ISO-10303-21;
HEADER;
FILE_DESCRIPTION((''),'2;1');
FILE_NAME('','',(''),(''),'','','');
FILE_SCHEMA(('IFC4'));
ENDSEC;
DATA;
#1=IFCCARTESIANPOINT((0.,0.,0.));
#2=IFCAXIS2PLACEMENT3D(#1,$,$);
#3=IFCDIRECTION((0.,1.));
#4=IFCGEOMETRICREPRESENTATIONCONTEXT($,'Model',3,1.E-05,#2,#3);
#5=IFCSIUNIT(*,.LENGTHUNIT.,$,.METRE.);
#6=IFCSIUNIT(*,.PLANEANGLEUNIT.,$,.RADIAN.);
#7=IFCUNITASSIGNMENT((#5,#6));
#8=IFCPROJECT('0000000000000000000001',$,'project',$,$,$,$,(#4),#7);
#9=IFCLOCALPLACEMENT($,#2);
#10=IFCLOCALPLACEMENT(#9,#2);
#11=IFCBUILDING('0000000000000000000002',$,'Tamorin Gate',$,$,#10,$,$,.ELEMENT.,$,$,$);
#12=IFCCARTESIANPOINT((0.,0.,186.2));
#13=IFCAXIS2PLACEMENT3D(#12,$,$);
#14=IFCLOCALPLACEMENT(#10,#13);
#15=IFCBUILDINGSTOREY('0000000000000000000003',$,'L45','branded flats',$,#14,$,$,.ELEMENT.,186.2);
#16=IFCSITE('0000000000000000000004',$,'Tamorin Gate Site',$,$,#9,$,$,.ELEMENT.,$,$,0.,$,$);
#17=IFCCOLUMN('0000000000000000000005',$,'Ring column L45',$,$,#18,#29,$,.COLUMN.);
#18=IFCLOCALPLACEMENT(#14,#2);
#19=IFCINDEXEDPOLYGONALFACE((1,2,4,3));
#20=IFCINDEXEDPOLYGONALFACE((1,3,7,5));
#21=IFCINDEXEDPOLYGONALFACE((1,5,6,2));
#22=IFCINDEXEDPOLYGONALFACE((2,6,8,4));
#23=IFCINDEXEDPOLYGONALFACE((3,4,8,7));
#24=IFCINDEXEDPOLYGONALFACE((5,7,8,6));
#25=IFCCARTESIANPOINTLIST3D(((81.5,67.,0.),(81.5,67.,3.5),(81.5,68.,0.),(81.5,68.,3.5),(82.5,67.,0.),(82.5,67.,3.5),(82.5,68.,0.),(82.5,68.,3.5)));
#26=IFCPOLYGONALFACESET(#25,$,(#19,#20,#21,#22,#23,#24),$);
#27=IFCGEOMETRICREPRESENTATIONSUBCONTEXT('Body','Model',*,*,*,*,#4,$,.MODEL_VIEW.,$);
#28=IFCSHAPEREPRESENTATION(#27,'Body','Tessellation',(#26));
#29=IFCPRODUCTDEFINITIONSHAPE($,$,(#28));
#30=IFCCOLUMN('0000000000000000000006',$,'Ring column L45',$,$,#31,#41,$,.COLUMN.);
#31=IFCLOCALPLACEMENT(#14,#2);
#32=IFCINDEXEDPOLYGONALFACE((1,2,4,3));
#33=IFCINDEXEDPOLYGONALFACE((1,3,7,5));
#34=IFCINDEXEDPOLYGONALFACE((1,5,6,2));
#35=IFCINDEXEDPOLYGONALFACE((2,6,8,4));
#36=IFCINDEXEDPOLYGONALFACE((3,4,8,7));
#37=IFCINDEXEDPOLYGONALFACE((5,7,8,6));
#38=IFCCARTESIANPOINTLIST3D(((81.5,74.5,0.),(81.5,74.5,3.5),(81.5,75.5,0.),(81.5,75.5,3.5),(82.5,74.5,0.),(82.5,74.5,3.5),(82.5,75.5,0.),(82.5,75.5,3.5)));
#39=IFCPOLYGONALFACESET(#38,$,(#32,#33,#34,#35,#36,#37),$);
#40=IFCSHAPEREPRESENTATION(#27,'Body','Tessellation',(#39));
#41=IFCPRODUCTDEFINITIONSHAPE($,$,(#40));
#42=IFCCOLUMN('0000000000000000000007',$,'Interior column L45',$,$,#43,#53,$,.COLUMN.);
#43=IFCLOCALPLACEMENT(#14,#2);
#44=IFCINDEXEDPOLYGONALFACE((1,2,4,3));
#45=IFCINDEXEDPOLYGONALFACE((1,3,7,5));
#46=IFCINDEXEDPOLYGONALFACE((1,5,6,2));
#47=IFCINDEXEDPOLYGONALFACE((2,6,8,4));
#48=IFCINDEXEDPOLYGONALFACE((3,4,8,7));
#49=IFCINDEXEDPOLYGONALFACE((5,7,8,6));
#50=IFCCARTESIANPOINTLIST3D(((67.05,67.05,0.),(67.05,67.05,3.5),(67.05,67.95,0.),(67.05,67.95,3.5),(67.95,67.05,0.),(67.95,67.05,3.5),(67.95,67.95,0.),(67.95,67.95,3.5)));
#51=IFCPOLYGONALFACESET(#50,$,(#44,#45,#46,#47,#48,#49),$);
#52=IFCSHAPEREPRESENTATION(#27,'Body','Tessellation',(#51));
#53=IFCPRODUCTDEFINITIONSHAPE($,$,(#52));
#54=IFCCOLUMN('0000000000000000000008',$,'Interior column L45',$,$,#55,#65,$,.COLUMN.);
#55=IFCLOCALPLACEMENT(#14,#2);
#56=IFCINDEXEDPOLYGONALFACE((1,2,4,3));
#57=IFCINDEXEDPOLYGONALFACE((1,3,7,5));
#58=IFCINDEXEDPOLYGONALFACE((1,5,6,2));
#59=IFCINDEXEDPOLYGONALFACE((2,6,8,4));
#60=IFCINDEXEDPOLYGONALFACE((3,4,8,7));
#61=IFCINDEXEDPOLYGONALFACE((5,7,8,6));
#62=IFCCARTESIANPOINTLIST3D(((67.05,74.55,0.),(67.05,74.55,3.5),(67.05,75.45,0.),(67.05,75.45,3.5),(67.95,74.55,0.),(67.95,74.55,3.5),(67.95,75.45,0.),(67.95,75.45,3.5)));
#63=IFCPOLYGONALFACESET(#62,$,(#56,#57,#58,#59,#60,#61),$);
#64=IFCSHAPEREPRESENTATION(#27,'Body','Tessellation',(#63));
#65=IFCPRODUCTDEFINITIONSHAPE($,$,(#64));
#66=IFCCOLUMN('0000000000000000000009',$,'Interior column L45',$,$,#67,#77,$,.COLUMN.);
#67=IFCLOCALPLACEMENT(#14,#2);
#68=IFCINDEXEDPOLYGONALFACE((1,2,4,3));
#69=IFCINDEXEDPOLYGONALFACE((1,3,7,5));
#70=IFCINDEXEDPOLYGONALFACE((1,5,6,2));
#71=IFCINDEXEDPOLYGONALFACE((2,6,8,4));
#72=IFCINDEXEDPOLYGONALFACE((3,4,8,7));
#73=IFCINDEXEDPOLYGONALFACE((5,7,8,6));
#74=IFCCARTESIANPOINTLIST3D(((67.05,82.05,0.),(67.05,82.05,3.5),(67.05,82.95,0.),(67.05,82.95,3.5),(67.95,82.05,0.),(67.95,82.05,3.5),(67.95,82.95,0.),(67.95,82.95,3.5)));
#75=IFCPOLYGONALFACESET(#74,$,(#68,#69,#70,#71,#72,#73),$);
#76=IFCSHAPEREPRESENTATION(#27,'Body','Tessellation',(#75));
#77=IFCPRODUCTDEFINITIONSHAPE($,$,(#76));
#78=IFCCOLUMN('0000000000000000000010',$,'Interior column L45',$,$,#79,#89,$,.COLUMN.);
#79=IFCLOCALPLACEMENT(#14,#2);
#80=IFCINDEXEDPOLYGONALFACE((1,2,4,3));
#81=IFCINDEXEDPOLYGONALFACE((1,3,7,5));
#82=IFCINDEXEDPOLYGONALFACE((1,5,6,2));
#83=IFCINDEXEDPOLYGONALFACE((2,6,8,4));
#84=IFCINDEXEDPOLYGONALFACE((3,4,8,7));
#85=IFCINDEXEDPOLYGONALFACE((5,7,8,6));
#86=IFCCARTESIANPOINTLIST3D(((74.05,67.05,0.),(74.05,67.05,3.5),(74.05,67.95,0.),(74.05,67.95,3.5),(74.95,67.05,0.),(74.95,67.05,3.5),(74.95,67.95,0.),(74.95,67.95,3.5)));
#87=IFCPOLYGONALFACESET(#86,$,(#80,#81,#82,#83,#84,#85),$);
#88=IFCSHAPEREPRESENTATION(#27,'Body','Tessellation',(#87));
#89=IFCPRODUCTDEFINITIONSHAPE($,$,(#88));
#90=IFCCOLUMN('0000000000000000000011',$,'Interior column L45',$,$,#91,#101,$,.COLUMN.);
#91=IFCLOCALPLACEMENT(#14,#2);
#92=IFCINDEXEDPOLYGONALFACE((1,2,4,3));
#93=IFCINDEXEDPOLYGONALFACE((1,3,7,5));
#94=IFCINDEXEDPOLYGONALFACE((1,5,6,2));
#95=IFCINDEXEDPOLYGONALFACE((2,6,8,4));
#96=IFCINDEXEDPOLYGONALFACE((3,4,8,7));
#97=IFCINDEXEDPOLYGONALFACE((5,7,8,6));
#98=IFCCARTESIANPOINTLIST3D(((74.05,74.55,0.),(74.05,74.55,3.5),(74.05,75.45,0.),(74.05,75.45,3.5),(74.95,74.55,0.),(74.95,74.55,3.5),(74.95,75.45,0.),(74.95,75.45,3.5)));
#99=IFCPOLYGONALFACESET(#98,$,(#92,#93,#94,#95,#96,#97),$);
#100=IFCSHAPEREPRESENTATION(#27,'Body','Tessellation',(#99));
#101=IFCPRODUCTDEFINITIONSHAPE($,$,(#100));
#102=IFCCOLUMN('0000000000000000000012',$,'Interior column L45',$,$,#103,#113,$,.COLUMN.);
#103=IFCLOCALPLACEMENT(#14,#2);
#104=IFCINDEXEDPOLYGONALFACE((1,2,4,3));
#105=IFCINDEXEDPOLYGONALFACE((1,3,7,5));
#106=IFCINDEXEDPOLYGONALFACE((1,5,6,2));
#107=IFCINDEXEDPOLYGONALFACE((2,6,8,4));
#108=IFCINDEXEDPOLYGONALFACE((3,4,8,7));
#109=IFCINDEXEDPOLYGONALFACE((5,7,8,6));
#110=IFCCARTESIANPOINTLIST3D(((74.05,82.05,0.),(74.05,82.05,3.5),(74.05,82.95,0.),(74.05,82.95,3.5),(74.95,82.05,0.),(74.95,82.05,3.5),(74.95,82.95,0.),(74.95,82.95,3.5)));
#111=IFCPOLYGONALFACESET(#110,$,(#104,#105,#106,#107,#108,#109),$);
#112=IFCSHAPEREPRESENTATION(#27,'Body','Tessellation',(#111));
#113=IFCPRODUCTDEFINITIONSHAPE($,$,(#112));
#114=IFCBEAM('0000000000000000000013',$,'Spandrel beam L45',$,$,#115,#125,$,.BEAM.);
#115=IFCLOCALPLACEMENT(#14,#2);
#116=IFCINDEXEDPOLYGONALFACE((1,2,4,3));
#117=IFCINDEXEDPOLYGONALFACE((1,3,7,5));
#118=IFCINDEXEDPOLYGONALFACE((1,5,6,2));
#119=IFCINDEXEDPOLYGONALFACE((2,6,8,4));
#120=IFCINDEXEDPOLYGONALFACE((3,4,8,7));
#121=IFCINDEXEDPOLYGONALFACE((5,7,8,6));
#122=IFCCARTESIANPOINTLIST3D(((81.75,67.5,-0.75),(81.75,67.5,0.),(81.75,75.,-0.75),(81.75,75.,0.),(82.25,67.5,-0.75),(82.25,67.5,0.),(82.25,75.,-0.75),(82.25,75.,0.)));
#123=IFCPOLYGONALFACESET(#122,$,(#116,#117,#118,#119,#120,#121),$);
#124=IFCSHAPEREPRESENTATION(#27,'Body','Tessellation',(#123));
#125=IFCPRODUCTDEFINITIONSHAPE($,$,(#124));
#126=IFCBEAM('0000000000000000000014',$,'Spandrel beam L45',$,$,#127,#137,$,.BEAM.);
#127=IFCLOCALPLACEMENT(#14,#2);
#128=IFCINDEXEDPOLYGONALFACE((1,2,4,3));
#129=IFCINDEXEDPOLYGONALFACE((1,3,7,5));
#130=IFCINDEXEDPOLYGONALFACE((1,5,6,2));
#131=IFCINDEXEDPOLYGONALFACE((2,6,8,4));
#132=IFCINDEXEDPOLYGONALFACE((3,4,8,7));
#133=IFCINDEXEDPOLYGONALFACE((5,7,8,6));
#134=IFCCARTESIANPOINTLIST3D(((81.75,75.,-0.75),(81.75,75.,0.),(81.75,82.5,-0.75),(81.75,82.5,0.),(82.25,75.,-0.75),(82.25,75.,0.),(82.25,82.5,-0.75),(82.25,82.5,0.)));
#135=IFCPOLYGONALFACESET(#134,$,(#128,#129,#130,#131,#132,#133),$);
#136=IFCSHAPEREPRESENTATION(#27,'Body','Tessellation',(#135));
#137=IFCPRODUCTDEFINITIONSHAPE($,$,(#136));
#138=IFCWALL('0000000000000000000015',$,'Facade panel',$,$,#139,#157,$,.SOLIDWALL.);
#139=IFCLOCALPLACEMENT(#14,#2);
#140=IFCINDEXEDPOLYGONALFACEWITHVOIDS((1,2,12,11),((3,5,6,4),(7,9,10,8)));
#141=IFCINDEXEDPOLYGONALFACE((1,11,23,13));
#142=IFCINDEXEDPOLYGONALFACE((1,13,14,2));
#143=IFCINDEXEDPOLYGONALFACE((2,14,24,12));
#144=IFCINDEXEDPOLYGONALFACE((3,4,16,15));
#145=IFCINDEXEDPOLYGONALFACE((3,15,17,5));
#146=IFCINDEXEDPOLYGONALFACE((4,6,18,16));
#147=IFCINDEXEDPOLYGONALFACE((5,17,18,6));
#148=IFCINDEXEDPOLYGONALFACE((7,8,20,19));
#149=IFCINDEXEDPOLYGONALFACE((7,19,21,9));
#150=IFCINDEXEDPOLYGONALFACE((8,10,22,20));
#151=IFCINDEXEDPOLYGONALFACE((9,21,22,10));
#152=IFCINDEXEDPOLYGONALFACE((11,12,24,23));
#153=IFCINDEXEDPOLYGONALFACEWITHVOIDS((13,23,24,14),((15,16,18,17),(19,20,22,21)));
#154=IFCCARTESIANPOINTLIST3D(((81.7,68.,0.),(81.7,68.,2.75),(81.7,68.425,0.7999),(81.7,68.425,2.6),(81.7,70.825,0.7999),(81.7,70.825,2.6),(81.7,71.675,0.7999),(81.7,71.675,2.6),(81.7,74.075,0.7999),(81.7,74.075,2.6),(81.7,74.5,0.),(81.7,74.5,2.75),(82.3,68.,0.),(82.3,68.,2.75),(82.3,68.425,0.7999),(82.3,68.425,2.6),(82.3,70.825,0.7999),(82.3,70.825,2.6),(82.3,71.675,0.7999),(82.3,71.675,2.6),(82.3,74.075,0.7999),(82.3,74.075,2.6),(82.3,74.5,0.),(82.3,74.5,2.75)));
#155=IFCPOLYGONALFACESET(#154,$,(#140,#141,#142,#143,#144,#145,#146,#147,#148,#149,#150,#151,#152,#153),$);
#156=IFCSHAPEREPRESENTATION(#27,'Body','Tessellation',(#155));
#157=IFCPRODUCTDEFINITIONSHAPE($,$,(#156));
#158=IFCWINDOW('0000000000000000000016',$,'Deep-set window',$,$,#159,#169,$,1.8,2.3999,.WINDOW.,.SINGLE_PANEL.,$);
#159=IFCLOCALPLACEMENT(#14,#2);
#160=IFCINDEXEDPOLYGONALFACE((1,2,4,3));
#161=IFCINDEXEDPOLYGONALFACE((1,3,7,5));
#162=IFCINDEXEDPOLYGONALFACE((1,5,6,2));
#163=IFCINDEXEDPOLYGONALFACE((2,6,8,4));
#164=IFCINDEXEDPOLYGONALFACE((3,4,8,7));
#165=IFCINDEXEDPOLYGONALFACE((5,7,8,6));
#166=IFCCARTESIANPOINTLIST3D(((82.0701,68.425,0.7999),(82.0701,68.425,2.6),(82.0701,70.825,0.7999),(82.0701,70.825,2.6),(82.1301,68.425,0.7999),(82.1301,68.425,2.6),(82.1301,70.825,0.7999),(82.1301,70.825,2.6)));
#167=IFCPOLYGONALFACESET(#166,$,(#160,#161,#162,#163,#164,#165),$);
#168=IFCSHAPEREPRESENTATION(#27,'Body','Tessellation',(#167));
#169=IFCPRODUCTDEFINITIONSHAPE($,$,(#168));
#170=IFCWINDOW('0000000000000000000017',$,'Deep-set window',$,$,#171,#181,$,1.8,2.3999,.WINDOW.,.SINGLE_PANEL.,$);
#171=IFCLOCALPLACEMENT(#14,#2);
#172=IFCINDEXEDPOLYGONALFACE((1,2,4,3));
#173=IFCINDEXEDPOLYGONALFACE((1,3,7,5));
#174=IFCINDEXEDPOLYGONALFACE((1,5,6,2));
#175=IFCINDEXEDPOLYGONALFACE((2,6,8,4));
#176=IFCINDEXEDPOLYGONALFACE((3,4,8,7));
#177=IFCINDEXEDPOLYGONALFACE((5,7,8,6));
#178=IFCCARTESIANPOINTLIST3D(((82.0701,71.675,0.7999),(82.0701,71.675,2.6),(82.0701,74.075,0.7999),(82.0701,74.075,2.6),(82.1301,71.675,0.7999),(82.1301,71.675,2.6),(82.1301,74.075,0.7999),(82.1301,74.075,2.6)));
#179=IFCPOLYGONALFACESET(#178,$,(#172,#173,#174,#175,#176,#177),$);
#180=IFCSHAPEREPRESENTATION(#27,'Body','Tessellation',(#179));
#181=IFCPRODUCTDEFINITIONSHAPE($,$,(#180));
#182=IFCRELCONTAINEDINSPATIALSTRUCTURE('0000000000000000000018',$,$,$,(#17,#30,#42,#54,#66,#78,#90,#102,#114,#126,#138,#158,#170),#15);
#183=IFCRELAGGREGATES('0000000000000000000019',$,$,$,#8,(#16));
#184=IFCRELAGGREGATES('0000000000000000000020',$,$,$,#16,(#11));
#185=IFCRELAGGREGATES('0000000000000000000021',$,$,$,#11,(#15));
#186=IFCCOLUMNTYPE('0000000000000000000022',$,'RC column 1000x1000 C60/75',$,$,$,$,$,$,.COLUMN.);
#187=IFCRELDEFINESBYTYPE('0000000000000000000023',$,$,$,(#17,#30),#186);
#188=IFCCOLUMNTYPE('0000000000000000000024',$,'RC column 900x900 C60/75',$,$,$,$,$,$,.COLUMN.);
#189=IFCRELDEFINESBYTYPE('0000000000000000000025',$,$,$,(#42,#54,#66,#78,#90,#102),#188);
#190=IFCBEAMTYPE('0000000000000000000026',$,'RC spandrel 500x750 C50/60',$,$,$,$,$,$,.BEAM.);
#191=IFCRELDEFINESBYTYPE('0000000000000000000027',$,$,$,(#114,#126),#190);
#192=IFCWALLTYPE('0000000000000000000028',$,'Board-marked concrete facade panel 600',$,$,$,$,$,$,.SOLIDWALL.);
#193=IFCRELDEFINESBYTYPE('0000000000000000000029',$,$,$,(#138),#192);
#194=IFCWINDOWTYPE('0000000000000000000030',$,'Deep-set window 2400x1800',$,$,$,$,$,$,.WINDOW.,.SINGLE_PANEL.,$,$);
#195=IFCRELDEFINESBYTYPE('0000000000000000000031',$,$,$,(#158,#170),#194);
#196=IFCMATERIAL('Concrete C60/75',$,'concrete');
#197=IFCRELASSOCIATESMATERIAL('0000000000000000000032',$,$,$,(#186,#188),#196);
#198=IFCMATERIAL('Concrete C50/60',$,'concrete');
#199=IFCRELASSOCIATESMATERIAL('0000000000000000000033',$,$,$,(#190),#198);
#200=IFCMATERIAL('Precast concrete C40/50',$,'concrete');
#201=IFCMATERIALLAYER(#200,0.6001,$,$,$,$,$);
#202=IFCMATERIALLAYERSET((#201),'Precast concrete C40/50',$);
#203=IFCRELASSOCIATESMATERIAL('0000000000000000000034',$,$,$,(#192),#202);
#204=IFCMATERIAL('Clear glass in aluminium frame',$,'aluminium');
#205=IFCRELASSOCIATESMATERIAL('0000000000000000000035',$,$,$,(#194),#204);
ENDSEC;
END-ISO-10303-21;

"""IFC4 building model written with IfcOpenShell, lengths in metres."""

from ifc_helpers import new_model, si_unit, direction, frame, frame_2d, origin, origin_2d, place, context, subcontext, project, spatial, rectangle, extrude, material, layer, layer_set, material_profile, profile_set, type_object, element, fill, save


model = new_model("IFC4")

# Units and contexts
model_context = context("Model", 3, precision=1e-05, world=origin(), true_north=direction((0.0, 1.0)))
body_context = subcontext(model_context, "Body", "Model", "MODEL_VIEW")
ifc_project = project(units=[si_unit("LENGTHUNIT", "METRE"), si_unit("PLANEANGLEUNIT", "RADIAN")], contexts=[model_context])

# Site, building, storey
site_placement = place(None, origin())
site = spatial("IfcSite", under=ifc_project, at=site_placement, Name="Tamorin Gate Site", CompositionType="ELEMENT", RefElevation=0.0)
building_placement = place(site_placement, origin())
building = spatial("IfcBuilding", under=site, at=building_placement, Name="Tamorin Gate", CompositionType="ELEMENT")
storey_placement = place(building_placement, frame((0.0, 0.0, 186.2)))
storey = spatial("IfcBuildingStorey", under=building, at=storey_placement, Name="L45", Description="branded flats", CompositionType="ELEMENT", Elevation=186.2)

# Columns
ifc_material_1 = material(Name="Concrete C60/75", Category="concrete")
ifc_material_profile_1 = material_profile(ifc_material_1, rectangle(XDim=1.0, YDim=1.0, at=origin_2d()), Name="RC 1000x1000")
ifc_profile_set_1 = profile_set([ifc_material_profile_1], Name="Concrete C60/75")
column_type_1 = type_object("IfcColumnType", Name="RC column 1000x1000 C60/75", PredefinedType="COLUMN", material=ifc_profile_set_1)
for number, where, z_axis, x_axis, name in (
    (1, (82.0, 67.5, 0.0), (0.0, 0.0, 1.0), (1.0, 0.0, 0.0), "Ring column L45"),
    (2, (82.0, 75.0, 0.0), (0.0, 0.0, 1.0), (1.0, 0.0, 0.0), "Ring column L45"),
):
    element("IfcColumn", number, at=place(storey_placement, frame(where, z_axis=z_axis, x_axis=x_axis)), inside=storey, type_object=column_type_1, Name=name, PredefinedType="COLUMN", context=body_context, shape_type="SweptSolid", body=[
        extrude(rectangle(XDim=1.0, YDim=1.0, at=origin_2d()), origin(), (0.0, 0.0, 1.0), 3.5),
    ])
ifc_material_profile_2 = material_profile(ifc_material_1, rectangle(XDim=0.8999, YDim=0.8999, at=origin_2d()), Name="RC 900x900")
ifc_profile_set_2 = profile_set([ifc_material_profile_2], Name="Concrete C60/75")
column_type_2 = type_object("IfcColumnType", Name="RC column 900x900 C60/75", PredefinedType="COLUMN", material=ifc_profile_set_2)
for number, where, z_axis, x_axis, name in (
    (3, (67.5, 67.5, 0.0), (0.0, 0.0, 1.0), (1.0, 0.0, 0.0), "Interior column L45"),
    (4, (67.5, 75.0, 0.0), (0.0, 0.0, 1.0), (1.0, 0.0, 0.0), "Interior column L45"),
    (5, (67.5, 82.5, 0.0), (0.0, 0.0, 1.0), (1.0, 0.0, 0.0), "Interior column L45"),
    (6, (74.5, 67.5, 0.0), (0.0, 0.0, 1.0), (1.0, 0.0, 0.0), "Interior column L45"),
    (7, (74.5, 75.0, 0.0), (0.0, 0.0, 1.0), (1.0, 0.0, 0.0), "Interior column L45"),
    (8, (74.5, 82.5, 0.0), (0.0, 0.0, 1.0), (1.0, 0.0, 0.0), "Interior column L45"),
):
    element("IfcColumn", number, at=place(storey_placement, frame(where, z_axis=z_axis, x_axis=x_axis)), inside=storey, type_object=column_type_2, Name=name, PredefinedType="COLUMN", context=body_context, shape_type="SweptSolid", body=[
        extrude(rectangle(XDim=0.8999, YDim=0.8999, at=origin_2d()), origin(), (0.0, 0.0, 1.0), 3.5),
    ])

# Beams
ifc_material_2 = material(Name="Concrete C50/60", Category="concrete")
ifc_material_profile_3 = material_profile(ifc_material_2, rectangle(XDim=0.5, YDim=0.75, at=origin_2d()), Name="RC 500x750")
ifc_profile_set_3 = profile_set([ifc_material_profile_3], Name="Concrete C50/60")
beam_type = type_object("IfcBeamType", Name="RC spandrel 500x750 C50/60", PredefinedType="BEAM", material=ifc_profile_set_3)
for number, where, z_axis, x_axis, name in (
    (9, (82.0, 67.5, -0.375), (0.0, 1.0, 0.0), (-1.0, 0.0, 0.0), "Spandrel beam L45"),
    (10, (82.0, 75.0, -0.375), (0.0, 1.0, 0.0), (-1.0, 0.0, 0.0), "Spandrel beam L45"),
):
    element("IfcBeam", number, at=place(storey_placement, frame(where, z_axis=z_axis, x_axis=x_axis)), inside=storey, type_object=beam_type, Name=name, PredefinedType="BEAM", context=body_context, shape_type="SweptSolid", body=[
        extrude(rectangle(XDim=0.5, YDim=0.75, at=origin_2d()), origin(), (0.0, 0.0, 1.0), 7.5),
    ])

# Wall, openings, windows
ifc_material_3 = material(Name="Precast concrete C40/50", Category="concrete")
ifc_layer_1 = layer(ifc_material_3, 0.6001)
ifc_layer_set_1 = layer_set([ifc_layer_1], Name="Precast concrete C40/50")
wall_type_1 = type_object("IfcWallType", Name="Board-marked concrete facade panel 600", PredefinedType="SOLIDWALL", material=ifc_layer_set_1)
wall_1_placement = place(storey_placement, frame((82.0, 68.0, 0.0), z_axis=(0.0, 0.0, 1.0), x_axis=(0.0, 1.0, 0.0)))
wall_1 = element("IfcWall", 11, at=wall_1_placement, inside=storey, type_object=wall_type_1, Name="Facade panel", PredefinedType="SOLIDWALL", context=body_context, shape_type="SweptSolid", body=[
    extrude(rectangle(XDim=6.5, YDim=0.6001, at=frame_2d((3.25, 0.0))), origin(), (0.0, 0.0, 1.0), 2.75),
])
opening_1_placement = place(wall_1_placement, frame((0.425, 0.0, 0.8)))
opening_1 = element("IfcOpeningElement", 12, at=opening_1_placement, cuts=wall_1, PredefinedType="OPENING", context=body_context, shape_type="SweptSolid", body=[
    extrude(rectangle(XDim=2.3999, YDim=1.8, at=frame_2d((1.2, 0.8999))), frame((0.0, 0.3101, 0.0), z_axis=(0.0, -1.0, 0.0), x_axis=(1.0, 0.0, 0.0)), (0.0, 0.0, 1.0), 0.6201),
])
opening_2_placement = place(wall_1_placement, frame((3.675, 0.0, 0.8)))
opening_2 = element("IfcOpeningElement", 13, at=opening_2_placement, cuts=wall_1, PredefinedType="OPENING", context=body_context, shape_type="SweptSolid", body=[
    extrude(rectangle(XDim=2.3999, YDim=1.8, at=frame_2d((1.2, 0.8999))), frame((0.0, 0.3101, 0.0), z_axis=(0.0, -1.0, 0.0), x_axis=(1.0, 0.0, 0.0)), (0.0, 0.0, 1.0), 0.6201),
])
ifc_material_4 = material(Name="Clear glass in aluminium frame", Category="aluminium")
window_type = type_object("IfcWindowType", Name="Deep-set window 2400x1800", PartitioningType="SINGLE_PANEL", PredefinedType="WINDOW", material=ifc_material_4)
window_1_placement = place(opening_1_placement, origin())
window_1 = element("IfcWindow", 14, at=window_1_placement, inside=storey, type_object=window_type, Name="Deep-set window", OverallHeight=1.8, OverallWidth=2.3999, PartitioningType="SINGLE_PANEL", PredefinedType="WINDOW", context=body_context, shape_type="SweptSolid", body=[
    extrude(rectangle(XDim=2.3999, YDim=1.8, at=frame_2d((1.2, 0.8999))), frame((0.0, -0.0701, 0.0), z_axis=(0.0, -1.0, 0.0), x_axis=(1.0, 0.0, 0.0)), (0.0, 0.0, 1.0), 0.0601),
])
fill(opening_1, window_1)
window_2_placement = place(opening_2_placement, origin())
window_2 = element("IfcWindow", 15, at=window_2_placement, inside=storey, type_object=window_type, Name="Deep-set window", OverallHeight=1.8, OverallWidth=2.3999, PartitioningType="SINGLE_PANEL", PredefinedType="WINDOW", context=body_context, shape_type="SweptSolid", body=[
    extrude(rectangle(XDim=2.3999, YDim=1.8, at=frame_2d((1.2, 0.8999))), frame((0.0, -0.0701, 0.0), z_axis=(0.0, -1.0, 0.0), x_axis=(1.0, 0.0, 0.0)), (0.0, 0.0, 1.0), 0.0601),
])
fill(opening_2, window_2)

save(model, "model.ifc")
